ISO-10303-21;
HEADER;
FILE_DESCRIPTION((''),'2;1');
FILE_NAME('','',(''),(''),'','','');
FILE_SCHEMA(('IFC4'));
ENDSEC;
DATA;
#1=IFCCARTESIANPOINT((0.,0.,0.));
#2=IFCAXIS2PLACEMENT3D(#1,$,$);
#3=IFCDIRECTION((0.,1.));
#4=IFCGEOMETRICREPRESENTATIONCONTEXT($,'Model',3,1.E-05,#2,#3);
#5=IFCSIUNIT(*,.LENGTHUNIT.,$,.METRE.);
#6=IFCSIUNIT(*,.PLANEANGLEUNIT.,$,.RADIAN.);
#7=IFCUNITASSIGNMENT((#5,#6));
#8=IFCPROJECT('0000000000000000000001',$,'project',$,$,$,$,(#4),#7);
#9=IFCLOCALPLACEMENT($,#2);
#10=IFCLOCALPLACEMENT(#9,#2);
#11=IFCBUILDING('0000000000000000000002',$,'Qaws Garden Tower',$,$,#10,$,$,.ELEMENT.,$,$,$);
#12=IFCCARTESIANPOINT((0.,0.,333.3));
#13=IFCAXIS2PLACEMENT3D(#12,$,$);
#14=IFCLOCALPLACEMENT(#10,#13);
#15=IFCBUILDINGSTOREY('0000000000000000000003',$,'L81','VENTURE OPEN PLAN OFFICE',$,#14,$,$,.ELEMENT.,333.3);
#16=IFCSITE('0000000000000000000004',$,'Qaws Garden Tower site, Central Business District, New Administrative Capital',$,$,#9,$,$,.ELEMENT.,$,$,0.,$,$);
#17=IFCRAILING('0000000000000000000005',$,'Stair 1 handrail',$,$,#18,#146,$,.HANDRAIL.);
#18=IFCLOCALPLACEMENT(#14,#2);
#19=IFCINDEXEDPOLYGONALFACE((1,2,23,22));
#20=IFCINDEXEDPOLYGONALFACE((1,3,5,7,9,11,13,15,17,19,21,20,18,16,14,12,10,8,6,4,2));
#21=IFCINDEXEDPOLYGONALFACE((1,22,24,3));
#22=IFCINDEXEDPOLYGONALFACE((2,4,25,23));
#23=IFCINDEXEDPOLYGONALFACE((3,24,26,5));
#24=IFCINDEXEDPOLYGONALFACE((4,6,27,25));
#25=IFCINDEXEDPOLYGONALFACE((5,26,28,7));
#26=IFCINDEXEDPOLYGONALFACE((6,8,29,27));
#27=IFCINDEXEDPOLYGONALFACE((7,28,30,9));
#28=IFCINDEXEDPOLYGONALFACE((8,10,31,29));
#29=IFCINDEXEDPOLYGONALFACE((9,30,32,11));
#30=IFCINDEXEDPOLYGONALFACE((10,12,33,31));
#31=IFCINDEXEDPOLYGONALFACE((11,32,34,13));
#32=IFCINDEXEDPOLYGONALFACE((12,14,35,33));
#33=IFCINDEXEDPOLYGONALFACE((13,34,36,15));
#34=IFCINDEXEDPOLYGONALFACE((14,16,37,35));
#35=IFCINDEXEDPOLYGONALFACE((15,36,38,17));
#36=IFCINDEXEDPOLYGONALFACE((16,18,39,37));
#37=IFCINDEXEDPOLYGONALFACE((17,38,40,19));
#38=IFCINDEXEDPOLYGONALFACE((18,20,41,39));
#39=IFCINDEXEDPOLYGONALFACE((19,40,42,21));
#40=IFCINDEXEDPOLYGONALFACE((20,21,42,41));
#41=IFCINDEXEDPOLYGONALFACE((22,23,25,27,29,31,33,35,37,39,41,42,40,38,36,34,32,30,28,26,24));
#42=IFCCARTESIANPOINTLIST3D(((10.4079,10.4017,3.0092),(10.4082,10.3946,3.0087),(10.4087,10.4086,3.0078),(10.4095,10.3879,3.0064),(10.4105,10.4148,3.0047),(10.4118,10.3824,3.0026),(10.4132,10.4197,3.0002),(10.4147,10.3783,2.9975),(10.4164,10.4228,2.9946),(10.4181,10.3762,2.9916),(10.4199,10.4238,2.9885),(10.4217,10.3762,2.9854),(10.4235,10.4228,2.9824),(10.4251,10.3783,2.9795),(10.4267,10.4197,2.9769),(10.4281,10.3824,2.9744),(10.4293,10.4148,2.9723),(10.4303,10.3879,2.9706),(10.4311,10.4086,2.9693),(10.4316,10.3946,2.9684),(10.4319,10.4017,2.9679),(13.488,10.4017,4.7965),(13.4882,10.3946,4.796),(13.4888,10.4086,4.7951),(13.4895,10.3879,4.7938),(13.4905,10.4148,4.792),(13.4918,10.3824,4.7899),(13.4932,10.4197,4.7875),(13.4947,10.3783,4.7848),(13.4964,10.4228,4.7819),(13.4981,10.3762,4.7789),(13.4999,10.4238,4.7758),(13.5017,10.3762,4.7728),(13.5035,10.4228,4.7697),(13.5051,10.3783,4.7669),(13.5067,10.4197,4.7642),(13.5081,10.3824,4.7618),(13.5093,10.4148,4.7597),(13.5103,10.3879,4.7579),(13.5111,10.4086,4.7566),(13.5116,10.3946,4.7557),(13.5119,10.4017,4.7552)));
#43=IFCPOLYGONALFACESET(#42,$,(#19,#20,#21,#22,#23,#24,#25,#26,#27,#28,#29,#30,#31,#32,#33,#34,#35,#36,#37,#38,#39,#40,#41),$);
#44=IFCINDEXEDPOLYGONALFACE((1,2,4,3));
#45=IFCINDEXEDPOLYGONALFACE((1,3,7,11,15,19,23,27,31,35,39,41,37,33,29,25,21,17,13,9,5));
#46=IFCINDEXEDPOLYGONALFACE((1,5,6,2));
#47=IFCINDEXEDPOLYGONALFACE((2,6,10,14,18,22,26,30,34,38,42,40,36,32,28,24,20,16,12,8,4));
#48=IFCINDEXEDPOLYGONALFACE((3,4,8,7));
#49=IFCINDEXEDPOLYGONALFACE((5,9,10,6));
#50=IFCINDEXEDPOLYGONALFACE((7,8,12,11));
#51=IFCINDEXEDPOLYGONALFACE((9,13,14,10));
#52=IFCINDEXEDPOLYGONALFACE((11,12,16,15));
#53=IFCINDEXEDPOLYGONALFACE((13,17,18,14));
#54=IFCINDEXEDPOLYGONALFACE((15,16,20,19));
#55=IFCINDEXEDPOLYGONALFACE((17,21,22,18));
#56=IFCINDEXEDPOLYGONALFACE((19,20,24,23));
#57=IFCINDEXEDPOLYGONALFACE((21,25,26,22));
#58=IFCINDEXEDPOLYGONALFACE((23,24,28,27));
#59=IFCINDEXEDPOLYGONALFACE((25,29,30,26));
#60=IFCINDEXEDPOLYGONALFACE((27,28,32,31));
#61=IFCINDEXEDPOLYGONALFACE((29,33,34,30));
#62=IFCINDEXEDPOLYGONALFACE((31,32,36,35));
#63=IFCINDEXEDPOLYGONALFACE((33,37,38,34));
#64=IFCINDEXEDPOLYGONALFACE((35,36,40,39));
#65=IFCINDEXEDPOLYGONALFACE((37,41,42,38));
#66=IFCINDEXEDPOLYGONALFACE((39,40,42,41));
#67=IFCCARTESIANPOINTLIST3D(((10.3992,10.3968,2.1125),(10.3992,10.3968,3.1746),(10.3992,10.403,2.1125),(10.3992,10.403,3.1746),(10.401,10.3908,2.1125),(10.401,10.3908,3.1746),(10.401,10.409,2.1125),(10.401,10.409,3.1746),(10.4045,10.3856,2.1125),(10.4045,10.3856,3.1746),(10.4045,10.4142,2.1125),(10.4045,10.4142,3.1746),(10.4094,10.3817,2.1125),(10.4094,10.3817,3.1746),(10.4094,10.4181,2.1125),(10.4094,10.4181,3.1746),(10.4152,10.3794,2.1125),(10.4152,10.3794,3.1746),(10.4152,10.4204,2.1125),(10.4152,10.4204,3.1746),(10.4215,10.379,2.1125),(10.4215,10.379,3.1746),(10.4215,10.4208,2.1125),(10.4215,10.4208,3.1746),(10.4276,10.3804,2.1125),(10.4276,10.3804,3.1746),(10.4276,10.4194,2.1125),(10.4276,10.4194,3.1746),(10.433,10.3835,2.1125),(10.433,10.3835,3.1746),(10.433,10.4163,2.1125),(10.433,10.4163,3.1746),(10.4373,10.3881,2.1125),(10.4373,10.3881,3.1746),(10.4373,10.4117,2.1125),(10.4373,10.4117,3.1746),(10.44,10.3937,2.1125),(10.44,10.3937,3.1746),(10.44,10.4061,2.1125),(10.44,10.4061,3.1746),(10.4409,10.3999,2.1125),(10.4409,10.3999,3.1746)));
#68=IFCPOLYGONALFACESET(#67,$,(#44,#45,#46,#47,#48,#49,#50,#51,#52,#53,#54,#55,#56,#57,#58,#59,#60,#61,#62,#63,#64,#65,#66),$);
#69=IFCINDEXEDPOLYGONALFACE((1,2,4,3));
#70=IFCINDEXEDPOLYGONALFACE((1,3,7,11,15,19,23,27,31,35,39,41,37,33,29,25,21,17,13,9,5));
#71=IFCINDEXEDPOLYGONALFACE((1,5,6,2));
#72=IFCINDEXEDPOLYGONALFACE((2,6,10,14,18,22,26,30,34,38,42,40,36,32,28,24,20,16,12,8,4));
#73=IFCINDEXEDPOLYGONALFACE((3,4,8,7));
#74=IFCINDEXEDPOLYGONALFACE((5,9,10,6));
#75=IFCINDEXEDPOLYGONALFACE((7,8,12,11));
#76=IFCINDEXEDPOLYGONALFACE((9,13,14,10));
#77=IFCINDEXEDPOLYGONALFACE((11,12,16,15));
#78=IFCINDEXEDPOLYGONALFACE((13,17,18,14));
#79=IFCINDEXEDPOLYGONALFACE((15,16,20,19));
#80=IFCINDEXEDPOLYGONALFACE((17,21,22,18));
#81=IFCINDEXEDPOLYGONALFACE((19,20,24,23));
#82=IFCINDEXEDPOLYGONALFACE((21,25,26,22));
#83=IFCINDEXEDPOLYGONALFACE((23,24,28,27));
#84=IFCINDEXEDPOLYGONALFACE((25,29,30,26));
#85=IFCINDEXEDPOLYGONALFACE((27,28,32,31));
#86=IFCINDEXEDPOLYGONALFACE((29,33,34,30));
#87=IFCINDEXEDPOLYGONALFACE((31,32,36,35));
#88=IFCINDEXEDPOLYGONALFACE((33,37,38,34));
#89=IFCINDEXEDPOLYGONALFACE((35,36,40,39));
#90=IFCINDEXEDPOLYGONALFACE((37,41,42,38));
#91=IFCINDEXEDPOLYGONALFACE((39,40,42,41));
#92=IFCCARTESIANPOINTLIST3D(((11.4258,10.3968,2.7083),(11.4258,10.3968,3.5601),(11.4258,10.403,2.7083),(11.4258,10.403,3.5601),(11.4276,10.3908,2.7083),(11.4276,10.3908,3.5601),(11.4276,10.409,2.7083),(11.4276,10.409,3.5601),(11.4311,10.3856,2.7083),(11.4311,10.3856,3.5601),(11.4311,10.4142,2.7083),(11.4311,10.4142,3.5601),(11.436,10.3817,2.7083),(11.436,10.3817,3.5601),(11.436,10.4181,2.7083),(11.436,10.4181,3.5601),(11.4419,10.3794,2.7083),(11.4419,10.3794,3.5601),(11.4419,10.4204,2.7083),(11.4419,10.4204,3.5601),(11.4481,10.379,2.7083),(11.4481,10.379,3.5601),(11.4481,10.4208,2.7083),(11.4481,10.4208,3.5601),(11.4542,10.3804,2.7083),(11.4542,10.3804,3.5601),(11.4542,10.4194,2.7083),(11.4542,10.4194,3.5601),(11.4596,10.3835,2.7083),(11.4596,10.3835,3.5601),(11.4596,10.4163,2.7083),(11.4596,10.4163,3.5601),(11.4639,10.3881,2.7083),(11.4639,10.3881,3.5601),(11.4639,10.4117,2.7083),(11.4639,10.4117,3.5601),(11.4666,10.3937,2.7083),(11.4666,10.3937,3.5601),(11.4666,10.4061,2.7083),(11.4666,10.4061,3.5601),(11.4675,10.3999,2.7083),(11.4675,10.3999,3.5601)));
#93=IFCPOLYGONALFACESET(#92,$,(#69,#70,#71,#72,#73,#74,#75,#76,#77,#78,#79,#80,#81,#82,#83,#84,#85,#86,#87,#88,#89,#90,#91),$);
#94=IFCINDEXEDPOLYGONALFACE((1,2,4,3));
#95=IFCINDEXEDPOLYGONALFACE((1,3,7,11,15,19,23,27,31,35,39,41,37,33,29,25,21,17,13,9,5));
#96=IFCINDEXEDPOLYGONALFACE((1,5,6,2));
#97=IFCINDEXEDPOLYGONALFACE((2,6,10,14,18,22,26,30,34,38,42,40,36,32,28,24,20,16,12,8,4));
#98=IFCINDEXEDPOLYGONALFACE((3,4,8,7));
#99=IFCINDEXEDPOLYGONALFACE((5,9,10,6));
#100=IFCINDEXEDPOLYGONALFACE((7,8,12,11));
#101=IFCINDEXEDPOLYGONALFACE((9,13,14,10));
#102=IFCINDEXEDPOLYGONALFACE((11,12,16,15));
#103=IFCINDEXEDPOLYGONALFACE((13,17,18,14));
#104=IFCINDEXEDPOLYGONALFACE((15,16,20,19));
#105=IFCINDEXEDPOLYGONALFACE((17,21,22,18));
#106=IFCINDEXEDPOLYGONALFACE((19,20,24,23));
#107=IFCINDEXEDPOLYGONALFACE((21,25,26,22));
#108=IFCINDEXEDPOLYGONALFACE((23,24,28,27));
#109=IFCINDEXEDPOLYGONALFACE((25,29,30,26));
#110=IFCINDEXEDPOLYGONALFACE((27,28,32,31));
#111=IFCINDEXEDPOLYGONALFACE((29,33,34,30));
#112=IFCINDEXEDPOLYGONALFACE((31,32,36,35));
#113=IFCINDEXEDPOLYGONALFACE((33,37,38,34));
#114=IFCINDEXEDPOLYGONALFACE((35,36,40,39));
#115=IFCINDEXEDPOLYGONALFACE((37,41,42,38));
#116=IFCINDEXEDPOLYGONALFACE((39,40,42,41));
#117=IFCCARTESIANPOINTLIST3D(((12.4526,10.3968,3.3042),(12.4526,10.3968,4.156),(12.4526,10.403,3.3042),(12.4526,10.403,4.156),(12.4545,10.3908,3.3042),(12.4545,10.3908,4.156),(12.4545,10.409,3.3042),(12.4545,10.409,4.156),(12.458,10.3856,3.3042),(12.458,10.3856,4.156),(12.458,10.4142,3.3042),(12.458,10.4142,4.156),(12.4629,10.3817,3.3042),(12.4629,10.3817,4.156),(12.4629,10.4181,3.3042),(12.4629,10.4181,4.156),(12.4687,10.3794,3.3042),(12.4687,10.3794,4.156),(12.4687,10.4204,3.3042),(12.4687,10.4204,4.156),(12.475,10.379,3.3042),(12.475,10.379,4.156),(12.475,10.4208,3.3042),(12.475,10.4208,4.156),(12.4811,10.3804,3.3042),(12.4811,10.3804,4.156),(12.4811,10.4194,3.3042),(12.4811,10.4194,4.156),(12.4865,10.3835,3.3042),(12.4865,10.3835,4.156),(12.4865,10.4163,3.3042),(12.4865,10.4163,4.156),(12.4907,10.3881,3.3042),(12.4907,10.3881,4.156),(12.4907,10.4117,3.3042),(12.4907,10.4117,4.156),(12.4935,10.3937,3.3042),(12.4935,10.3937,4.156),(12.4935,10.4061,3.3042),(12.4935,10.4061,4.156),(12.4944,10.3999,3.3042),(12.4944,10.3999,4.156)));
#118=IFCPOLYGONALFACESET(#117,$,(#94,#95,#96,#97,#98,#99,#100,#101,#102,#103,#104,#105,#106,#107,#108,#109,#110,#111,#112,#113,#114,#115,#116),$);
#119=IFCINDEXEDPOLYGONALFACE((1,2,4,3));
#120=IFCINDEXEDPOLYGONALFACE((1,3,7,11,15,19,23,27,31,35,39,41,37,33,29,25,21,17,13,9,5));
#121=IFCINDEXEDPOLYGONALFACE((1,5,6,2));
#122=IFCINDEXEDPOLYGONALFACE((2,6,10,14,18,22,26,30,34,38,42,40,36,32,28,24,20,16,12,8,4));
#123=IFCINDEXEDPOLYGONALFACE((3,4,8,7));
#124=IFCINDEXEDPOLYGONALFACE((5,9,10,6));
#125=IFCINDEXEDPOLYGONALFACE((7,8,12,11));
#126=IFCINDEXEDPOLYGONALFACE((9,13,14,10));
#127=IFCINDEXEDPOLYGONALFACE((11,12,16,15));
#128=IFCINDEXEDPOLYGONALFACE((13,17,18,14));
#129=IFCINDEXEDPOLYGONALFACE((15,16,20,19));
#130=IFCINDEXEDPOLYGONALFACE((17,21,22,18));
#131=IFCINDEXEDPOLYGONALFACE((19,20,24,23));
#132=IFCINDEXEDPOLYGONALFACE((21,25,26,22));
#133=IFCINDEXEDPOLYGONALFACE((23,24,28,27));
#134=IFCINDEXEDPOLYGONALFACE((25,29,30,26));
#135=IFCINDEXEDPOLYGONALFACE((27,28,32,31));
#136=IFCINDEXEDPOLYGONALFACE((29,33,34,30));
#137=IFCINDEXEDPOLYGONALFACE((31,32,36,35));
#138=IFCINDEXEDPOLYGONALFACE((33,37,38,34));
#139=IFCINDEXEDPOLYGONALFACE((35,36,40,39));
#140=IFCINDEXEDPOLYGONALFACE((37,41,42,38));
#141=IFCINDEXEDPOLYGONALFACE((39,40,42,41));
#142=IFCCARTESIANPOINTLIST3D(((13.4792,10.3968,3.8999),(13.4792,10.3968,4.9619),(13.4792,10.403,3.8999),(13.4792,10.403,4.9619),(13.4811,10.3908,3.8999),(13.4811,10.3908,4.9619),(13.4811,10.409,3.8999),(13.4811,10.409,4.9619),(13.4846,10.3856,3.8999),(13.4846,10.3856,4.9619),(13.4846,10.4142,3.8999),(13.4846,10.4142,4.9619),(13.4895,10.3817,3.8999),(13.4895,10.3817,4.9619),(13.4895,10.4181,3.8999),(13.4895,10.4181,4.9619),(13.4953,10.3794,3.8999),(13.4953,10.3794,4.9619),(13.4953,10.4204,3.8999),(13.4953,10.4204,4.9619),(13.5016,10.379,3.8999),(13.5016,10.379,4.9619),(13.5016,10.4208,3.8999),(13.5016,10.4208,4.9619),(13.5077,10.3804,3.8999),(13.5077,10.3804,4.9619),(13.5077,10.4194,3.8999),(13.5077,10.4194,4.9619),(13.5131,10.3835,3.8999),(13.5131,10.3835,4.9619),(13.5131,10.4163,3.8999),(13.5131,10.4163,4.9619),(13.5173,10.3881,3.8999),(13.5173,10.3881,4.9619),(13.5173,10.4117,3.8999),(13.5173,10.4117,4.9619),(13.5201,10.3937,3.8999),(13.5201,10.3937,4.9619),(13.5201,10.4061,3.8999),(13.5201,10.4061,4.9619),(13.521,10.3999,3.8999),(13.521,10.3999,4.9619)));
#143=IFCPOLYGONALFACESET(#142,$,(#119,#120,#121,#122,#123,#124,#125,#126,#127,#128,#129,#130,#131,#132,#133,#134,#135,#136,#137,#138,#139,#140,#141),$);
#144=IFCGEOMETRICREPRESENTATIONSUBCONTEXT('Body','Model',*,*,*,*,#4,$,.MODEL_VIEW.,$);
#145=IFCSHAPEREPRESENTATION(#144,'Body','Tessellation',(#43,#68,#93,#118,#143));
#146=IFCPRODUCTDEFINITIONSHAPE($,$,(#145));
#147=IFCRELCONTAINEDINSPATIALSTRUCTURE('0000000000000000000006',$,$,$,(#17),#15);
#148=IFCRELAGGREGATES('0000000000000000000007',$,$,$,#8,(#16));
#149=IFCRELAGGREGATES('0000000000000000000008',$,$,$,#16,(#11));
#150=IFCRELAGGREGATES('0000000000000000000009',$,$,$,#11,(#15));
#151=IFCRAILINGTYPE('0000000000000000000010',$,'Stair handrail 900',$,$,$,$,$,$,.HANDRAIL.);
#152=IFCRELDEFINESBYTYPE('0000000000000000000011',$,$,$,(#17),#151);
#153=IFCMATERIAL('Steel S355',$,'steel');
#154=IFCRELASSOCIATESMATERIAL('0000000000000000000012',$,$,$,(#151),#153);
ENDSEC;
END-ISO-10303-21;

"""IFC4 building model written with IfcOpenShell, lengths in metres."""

from ifc_helpers import new_model, si_unit, direction, frame, origin, origin_2d, place, context, subcontext, project, spatial, circle, extrude, material, type_object, element, save


model = new_model("IFC4")

# Units and contexts
model_context = context("Model", 3, precision=1e-05, world=origin(), true_north=direction((0.0, 1.0)))
body_context = subcontext(model_context, "Body", "Model", "MODEL_VIEW")
ifc_project = project(units=[si_unit("LENGTHUNIT", "METRE"), si_unit("PLANEANGLEUNIT", "RADIAN")], contexts=[model_context])

# Site, building, storey
site_placement = place(None, origin())
site = spatial("IfcSite", under=ifc_project, at=site_placement, Name="Qaws Garden Tower site, Central Business District, New Administrative Capital", CompositionType="ELEMENT", RefElevation=0.0)
building_placement = place(site_placement, origin())
building = spatial("IfcBuilding", under=site, at=building_placement, Name="Qaws Garden Tower", CompositionType="ELEMENT")
storey_placement = place(building_placement, frame((0.0, 0.0, 333.3)))
storey = spatial("IfcBuildingStorey", under=building, at=storey_placement, Name="L81", Description="VENTURE OPEN PLAN OFFICE", CompositionType="ELEMENT", Elevation=333.3)

# Railing
ifc_material_1 = material(Name="Steel S355", Category="steel")
railing_type = type_object("IfcRailingType", Name="Stair handrail 900", PredefinedType="HANDRAIL", material=ifc_material_1)
railing_1_placement = place(storey_placement, frame((10.4199, 10.3999, 2.1125)))
element("IfcRailing", 1, at=railing_1_placement, inside=storey, type_object=railing_type, Name="Stair 1 handrail", PredefinedType="HANDRAIL", context=body_context, shape_type="SweptSolid", body=[
    extrude(circle(Radius=0.0239, at=origin_2d()), frame((0.0, 0.0, 0.876), z_axis=(0.86492, 0.0, 0.501909), x_axis=(0.0, 1.0, 0.0)), (0.0, 0.0, 1.0), 3.561),
    extrude(circle(Radius=0.021, at=origin_2d()), origin(), (0.0, 0.0, 1.0), 1.062),
    extrude(circle(Radius=0.021, at=origin_2d()), frame((1.0266, 0.0, 0.5957)), (0.0, 0.0, 1.0), 0.8518),
    extrude(circle(Radius=0.021, at=origin_2d()), frame((2.0535, 0.0, 1.1917)), (0.0, 0.0, 1.0), 0.8518),
    extrude(circle(Radius=0.021, at=origin_2d()), frame((3.0801, 0.0, 1.7874)), (0.0, 0.0, 1.0), 1.062),
])

save(model, "model.ifc")
